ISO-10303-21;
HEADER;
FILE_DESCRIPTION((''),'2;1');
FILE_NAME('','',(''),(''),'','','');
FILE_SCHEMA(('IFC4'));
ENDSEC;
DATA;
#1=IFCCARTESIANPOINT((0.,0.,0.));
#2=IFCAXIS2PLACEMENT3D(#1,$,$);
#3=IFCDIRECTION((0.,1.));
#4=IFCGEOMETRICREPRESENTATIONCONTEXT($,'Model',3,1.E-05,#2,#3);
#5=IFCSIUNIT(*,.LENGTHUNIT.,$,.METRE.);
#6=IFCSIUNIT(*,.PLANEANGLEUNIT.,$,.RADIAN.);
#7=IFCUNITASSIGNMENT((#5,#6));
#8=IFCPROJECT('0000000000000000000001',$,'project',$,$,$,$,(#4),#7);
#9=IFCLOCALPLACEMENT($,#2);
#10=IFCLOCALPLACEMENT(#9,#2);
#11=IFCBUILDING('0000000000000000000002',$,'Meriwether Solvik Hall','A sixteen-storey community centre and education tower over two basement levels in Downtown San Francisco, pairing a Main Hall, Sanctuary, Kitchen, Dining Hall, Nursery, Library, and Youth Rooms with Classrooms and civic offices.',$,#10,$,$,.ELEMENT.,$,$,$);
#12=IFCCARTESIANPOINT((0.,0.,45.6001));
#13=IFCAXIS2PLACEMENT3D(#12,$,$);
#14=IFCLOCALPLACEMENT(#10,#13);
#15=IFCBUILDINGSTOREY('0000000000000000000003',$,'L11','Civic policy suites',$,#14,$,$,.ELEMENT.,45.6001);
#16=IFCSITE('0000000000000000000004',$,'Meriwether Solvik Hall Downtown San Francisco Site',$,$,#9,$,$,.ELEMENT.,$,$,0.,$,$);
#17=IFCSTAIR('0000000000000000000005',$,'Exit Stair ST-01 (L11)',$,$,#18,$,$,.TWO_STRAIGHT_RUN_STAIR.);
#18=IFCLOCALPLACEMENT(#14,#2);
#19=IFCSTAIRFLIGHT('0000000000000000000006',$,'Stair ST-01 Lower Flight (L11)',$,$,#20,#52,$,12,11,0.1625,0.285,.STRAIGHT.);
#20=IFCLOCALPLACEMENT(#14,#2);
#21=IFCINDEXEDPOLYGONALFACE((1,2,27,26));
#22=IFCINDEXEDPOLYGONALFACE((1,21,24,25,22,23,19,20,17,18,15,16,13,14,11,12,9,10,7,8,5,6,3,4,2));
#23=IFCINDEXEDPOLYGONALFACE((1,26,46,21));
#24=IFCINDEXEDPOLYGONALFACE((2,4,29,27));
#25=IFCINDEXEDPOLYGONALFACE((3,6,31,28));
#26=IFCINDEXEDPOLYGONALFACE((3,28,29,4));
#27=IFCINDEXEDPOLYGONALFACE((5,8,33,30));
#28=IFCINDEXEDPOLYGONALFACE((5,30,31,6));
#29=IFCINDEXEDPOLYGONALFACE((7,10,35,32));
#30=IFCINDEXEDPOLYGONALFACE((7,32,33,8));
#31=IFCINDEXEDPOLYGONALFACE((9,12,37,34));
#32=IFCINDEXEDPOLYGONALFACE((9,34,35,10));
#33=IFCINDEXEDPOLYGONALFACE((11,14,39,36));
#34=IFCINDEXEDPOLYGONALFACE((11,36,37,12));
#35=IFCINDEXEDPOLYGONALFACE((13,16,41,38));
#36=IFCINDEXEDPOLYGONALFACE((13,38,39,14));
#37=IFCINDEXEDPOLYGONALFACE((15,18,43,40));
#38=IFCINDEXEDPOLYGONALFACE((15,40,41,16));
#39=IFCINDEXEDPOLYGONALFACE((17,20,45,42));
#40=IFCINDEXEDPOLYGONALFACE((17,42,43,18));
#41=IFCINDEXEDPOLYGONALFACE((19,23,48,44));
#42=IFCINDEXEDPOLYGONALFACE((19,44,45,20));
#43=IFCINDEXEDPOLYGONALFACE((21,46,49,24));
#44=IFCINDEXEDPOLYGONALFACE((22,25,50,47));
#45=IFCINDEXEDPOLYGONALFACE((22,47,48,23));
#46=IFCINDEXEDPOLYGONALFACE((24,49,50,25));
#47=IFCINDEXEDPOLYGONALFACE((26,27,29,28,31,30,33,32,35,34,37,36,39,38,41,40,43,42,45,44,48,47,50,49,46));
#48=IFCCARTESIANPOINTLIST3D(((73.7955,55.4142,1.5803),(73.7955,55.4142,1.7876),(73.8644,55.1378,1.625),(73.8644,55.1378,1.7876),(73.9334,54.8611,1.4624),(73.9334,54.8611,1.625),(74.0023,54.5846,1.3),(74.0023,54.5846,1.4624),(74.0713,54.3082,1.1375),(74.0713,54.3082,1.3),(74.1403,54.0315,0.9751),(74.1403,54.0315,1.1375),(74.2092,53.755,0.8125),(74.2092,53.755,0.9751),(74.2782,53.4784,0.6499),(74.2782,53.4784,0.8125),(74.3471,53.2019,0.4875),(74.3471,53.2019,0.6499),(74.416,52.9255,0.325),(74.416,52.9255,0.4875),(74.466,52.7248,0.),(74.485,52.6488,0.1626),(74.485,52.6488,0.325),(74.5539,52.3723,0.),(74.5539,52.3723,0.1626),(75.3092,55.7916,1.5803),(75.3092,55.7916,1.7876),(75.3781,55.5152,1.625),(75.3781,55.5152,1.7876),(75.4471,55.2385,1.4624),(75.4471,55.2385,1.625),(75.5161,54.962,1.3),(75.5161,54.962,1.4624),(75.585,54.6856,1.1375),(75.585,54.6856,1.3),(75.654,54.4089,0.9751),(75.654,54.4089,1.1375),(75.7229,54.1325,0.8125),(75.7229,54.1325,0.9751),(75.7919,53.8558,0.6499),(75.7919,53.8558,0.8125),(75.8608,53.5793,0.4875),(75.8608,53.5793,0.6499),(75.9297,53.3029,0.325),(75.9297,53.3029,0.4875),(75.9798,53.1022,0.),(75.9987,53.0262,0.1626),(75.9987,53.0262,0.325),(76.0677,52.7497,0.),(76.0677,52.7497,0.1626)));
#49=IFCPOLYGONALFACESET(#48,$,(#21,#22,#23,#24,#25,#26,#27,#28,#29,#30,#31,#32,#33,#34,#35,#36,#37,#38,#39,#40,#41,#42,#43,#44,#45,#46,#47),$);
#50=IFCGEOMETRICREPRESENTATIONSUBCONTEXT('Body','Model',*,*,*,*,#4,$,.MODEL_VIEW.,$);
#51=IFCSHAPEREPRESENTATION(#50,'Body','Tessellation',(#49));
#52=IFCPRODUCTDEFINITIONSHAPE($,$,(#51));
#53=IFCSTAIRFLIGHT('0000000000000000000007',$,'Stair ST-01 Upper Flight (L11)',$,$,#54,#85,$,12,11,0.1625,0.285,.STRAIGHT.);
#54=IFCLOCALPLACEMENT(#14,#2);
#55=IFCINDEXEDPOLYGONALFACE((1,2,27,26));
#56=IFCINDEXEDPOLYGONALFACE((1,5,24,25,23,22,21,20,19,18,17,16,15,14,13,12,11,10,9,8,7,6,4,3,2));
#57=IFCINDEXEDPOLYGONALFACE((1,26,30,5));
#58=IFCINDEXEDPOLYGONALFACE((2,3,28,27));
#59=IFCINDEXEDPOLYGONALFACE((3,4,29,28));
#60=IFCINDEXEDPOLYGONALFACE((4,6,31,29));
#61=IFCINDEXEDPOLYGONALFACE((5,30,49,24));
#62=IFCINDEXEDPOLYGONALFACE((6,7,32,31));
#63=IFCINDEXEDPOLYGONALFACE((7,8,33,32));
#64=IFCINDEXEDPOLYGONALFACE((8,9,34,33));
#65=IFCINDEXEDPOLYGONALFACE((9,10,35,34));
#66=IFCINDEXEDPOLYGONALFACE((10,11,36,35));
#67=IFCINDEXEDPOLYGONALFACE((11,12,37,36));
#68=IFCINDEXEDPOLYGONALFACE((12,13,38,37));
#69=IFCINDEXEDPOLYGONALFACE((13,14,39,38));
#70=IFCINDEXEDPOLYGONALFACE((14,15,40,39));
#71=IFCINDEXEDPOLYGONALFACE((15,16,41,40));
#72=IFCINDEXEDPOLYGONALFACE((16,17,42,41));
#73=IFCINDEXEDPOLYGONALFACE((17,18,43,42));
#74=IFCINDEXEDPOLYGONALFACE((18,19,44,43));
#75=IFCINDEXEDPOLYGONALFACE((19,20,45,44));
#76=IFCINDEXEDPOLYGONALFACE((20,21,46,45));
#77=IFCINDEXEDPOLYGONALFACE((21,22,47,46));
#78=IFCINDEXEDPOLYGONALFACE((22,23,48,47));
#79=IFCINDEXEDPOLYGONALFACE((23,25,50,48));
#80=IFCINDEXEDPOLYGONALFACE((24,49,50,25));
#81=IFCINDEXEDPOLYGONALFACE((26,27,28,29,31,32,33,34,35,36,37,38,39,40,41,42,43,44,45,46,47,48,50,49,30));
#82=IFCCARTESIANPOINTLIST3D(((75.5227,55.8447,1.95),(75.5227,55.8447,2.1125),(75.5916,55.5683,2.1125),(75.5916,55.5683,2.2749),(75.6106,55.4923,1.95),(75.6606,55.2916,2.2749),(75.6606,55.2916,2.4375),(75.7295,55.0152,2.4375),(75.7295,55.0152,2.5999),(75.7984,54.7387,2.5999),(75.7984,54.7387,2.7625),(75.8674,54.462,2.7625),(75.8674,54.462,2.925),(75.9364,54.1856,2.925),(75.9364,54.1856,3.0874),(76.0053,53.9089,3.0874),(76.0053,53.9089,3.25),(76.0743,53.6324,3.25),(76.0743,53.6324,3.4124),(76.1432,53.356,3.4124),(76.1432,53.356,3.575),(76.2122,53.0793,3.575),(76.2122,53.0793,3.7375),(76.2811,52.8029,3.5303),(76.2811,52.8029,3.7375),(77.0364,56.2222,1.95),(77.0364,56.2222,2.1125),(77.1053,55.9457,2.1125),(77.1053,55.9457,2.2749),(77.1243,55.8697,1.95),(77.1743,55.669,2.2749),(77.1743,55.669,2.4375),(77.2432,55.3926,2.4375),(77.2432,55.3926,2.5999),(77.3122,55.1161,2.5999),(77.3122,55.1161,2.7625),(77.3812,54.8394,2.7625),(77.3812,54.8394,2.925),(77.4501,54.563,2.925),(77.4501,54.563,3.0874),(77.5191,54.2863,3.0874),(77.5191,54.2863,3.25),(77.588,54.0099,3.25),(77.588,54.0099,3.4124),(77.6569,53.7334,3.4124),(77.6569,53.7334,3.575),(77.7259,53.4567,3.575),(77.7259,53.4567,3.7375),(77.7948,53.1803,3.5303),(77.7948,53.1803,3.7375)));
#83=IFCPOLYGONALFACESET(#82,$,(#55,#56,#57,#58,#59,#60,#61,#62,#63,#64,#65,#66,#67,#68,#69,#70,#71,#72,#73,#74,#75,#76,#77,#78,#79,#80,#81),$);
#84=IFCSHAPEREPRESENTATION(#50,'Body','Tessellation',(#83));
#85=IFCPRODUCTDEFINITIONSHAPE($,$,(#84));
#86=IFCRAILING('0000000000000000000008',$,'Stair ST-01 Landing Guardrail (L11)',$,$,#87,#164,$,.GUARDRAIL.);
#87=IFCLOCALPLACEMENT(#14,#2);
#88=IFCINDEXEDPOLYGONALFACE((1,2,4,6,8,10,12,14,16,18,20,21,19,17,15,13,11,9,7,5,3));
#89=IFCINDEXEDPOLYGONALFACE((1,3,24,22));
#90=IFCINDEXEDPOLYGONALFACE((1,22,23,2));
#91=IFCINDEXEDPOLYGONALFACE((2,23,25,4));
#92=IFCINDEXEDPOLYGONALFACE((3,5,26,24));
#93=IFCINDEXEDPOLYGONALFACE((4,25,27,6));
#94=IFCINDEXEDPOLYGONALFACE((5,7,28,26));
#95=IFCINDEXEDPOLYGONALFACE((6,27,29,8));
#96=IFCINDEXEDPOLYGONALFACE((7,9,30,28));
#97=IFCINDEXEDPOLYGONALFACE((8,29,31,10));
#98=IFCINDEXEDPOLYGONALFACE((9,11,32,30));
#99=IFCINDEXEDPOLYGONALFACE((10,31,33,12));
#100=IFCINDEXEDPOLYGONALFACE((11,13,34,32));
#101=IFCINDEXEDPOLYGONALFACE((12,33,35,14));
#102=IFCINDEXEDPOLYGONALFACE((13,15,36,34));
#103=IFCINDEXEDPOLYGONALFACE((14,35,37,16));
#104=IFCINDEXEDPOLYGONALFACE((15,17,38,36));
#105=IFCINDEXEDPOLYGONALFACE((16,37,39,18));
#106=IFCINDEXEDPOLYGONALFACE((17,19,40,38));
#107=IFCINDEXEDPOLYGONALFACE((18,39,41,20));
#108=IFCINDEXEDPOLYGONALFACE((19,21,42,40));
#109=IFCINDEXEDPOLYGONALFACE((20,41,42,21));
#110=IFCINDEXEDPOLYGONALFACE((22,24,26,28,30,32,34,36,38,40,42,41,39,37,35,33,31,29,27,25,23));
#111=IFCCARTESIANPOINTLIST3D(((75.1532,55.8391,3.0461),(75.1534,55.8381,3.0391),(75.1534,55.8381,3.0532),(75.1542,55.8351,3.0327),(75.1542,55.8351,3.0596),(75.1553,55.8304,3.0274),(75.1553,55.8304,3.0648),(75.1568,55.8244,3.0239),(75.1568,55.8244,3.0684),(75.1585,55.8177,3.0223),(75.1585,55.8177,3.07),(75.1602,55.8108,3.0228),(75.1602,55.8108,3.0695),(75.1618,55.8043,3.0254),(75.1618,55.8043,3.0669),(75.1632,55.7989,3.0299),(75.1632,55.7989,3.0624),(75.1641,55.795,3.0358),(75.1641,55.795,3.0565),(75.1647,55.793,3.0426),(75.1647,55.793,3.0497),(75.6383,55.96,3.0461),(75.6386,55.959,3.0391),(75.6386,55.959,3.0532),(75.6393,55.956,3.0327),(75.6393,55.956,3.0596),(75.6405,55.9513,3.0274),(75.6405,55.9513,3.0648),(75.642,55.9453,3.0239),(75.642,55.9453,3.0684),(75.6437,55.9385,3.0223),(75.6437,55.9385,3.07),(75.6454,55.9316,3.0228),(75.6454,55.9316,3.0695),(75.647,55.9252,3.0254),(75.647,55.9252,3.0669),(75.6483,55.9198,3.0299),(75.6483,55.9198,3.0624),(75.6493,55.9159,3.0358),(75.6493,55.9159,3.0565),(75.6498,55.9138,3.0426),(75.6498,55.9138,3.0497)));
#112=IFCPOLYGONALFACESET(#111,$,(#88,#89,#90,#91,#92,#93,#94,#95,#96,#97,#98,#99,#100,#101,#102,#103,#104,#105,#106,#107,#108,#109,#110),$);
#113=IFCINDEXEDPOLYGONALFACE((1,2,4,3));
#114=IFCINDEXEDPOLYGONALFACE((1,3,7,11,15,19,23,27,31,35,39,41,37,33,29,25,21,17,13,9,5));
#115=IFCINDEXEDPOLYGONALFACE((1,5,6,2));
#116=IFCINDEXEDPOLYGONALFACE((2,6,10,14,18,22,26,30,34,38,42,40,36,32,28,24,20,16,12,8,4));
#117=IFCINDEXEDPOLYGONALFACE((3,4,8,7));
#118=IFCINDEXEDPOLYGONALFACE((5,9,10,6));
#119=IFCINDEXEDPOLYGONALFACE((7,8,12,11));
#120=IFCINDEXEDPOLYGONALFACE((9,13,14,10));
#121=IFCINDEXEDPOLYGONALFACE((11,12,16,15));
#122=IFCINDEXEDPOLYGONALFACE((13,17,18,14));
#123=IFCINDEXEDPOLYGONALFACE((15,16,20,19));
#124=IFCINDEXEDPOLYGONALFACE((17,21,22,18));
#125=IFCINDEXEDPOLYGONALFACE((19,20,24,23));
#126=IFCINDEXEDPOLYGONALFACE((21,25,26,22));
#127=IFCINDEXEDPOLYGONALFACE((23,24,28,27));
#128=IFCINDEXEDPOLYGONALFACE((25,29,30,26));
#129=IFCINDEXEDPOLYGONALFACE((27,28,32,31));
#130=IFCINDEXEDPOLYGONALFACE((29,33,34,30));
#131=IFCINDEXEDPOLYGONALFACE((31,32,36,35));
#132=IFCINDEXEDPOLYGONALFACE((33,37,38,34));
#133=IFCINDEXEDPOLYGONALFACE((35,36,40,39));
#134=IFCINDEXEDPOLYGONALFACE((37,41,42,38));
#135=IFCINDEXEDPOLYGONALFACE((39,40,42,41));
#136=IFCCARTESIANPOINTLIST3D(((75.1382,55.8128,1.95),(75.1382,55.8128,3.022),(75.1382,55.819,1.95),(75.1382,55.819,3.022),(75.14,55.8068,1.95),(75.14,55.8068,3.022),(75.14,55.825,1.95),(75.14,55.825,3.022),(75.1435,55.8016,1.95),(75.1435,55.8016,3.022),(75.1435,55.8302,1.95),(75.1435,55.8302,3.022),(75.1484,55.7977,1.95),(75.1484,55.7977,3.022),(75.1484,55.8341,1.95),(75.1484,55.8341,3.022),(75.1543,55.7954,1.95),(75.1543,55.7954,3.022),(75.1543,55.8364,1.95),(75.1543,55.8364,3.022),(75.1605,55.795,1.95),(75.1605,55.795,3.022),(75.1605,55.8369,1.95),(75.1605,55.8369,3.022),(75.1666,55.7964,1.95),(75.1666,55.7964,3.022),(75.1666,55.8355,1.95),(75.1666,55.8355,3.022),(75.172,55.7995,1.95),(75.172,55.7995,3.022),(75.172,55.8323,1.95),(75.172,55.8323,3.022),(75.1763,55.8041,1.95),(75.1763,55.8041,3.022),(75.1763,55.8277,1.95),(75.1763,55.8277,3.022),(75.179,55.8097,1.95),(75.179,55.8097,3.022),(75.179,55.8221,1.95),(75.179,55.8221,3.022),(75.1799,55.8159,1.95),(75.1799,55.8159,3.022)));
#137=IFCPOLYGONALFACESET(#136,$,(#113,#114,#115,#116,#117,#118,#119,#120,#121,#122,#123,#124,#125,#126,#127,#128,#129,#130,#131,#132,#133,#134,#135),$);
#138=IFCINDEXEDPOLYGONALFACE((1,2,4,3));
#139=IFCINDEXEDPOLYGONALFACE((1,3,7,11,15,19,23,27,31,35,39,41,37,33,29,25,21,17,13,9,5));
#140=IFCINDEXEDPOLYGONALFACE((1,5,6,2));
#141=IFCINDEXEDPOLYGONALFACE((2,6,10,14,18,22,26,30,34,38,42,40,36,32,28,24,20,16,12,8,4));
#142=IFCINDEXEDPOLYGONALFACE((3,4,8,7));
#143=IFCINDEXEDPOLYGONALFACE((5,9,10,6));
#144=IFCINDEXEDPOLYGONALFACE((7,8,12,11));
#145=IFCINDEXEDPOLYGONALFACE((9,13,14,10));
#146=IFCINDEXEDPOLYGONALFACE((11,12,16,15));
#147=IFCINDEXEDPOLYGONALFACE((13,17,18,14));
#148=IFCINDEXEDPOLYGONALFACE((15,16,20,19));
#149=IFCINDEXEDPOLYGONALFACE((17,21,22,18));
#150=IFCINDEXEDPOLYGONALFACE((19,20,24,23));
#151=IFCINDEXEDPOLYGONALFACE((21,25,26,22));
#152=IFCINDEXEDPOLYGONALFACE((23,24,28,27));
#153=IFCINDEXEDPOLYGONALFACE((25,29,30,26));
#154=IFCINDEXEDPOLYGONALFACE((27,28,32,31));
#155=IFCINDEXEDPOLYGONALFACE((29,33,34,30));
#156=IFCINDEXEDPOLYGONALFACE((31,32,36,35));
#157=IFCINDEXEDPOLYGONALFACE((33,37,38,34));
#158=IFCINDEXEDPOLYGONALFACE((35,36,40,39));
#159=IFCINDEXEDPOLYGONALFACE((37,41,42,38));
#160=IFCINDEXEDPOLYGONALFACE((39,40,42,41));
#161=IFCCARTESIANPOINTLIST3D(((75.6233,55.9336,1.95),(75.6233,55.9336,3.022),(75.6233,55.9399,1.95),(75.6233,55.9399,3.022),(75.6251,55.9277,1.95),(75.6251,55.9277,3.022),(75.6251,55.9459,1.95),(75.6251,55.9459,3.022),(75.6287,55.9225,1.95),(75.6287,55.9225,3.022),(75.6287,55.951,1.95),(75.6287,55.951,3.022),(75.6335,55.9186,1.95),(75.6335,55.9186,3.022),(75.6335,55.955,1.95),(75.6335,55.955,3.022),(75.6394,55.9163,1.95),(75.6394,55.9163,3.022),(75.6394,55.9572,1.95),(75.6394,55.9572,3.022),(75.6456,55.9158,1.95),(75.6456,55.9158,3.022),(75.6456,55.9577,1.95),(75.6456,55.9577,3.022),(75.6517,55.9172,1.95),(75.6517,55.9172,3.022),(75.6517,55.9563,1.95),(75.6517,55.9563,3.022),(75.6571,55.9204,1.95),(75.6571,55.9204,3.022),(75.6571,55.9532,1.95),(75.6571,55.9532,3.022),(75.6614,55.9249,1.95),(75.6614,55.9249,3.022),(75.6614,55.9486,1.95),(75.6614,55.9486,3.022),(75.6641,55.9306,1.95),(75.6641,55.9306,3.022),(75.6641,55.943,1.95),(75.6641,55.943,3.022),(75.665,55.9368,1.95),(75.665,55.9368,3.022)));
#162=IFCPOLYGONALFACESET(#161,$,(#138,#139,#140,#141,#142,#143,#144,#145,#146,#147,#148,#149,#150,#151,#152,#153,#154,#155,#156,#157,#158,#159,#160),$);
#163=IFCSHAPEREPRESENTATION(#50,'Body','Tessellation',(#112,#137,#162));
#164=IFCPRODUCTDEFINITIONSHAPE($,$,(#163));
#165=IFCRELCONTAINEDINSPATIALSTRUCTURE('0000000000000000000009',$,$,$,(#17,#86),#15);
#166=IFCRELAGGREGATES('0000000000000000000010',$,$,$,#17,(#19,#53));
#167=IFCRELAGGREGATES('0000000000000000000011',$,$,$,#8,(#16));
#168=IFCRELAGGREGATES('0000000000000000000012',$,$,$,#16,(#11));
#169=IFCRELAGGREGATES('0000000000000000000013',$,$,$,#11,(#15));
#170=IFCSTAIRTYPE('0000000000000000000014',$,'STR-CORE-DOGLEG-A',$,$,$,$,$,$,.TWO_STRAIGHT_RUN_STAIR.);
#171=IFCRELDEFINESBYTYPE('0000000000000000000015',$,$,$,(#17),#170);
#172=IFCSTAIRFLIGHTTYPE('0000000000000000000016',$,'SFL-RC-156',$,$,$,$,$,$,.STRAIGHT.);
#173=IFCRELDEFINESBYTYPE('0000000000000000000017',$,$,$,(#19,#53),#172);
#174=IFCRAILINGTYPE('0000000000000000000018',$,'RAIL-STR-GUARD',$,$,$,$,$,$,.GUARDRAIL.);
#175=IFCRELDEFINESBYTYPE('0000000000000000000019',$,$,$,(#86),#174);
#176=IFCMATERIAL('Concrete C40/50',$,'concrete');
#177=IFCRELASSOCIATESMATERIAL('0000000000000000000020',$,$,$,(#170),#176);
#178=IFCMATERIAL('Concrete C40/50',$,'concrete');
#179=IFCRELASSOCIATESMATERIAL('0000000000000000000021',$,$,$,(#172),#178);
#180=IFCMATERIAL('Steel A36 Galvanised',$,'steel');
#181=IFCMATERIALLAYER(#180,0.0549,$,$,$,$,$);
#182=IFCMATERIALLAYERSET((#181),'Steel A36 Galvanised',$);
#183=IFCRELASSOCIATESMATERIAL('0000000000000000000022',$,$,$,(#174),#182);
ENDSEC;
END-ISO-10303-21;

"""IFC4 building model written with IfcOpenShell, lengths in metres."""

from ifc_helpers import new_model, si_unit, direction, frame, origin, origin_2d, place, context, subcontext, project, spatial, polyline, circle, outline, extrude, material, layer, layer_set, type_object, element, aggregate, save


model = new_model("IFC4")

# Units and contexts
model_context = context("Model", 3, precision=1e-05, world=origin(), true_north=direction((0.0, 1.0)))
body_context = subcontext(model_context, "Body", "Model", "MODEL_VIEW")
ifc_project = project(units=[si_unit("LENGTHUNIT", "METRE"), si_unit("PLANEANGLEUNIT", "RADIAN")], contexts=[model_context])

# Site, building, storey
site_placement = place(None, origin())
site = spatial("IfcSite", under=ifc_project, at=site_placement, Name="Meriwether Solvik Hall Downtown San Francisco Site", CompositionType="ELEMENT", RefElevation=0.0)
building_placement = place(site_placement, origin())
building = spatial("IfcBuilding", under=site, at=building_placement, Name="Meriwether Solvik Hall", Description="A sixteen-storey community centre and education tower over two basement levels in Downtown San Francisco, pairing a Main Hall, Sanctuary, Kitchen, Dining Hall, Nursery, Library, and Youth Rooms with Classrooms and civic offices.", CompositionType="ELEMENT")
storey_placement = place(building_placement, frame((0.0, 0.0, 45.6001)))
storey = spatial("IfcBuildingStorey", under=building, at=storey_placement, Name="L11", Description="Civic policy suites", CompositionType="ELEMENT", Elevation=45.6001)

# Stair, stair flights
ifc_material_1 = material(Name="Concrete C40/50", Category="concrete")
stair_type = type_object("IfcStairType", Name="STR-CORE-DOGLEG-A", PredefinedType="TWO_STRAIGHT_RUN_STAIR", material=ifc_material_1)
stair_placement = place(storey_placement, origin())
stair = element("IfcStair", 1, at=stair_placement, inside=storey, type_object=stair_type, Name="Exit Stair ST-01 (L11)", PredefinedType="TWO_STRAIGHT_RUN_STAIR")
ifc_material_2 = material(Name="Concrete C40/50", Category="concrete")
stair_flight_type = type_object("IfcStairFlightType", Name="SFL-RC-156", PredefinedType="STRAIGHT", material=ifc_material_2)
stair_flight_1_placement = place(storey_placement, frame((75.3108, 52.561, 0.0), z_axis=(0.0, 0.0, 1.0), x_axis=(-0.241922, 0.970296, 0.0)))
stair_flight_1 = element("IfcStairFlight", 2, at=stair_flight_1_placement, type_object=stair_flight_type, Name="Stair ST-01 Lower Flight (L11)", NumberOfRisers=12, NumberOfTreads=11, PredefinedType="STRAIGHT", RiserHeight=0.1625, TreadLength=0.285, context=body_context, shape_type="SweptSolid", body=[
    extrude(outline(polyline([(0.0, 0.0), (0.0, 0.1626), (0.2849, 0.1626), (0.2849, 0.325), (0.5701, 0.325), (0.5701, 0.4875), (0.855, 0.4875), (0.855, 0.6499), (1.1399, 0.6499), (1.1399, 0.8125), (1.425, 0.8125), (1.425, 0.9751), (1.71, 0.9751), (1.71, 1.1375), (1.9951, 1.1375), (1.9951, 1.3), (2.28, 1.3), (2.28, 1.4624), (2.5649, 1.4624), (2.5649, 1.625), (2.8501, 1.625), (2.8501, 1.7876), (3.135, 1.7876), (3.135, 1.95), (3.135, 1.5803), (0.3633, 0.0), (0.0, 0.0)])), frame((0.0, 0.78, 0.0), z_axis=(0.0, -1.0, 0.0), x_axis=(1.0, 0.0, 0.0)), (0.0, 0.0, 1.0), 1.5601),
])
stair_flight_2_placement = place(storey_placement, frame((76.2795, 56.0334, 1.95), z_axis=(0.0, 0.0, 1.0), x_axis=(0.241922, -0.970296, 0.0)))
stair_flight_2 = element("IfcStairFlight", 3, at=stair_flight_2_placement, type_object=stair_flight_type, Name="Stair ST-01 Upper Flight (L11)", NumberOfRisers=12, NumberOfTreads=11, PredefinedType="STRAIGHT", RiserHeight=0.1625, TreadLength=0.285, context=body_context, shape_type="SweptSolid", body=[
    extrude(outline(polyline([(0.0, 0.0), (0.0, 0.1626), (0.2849, 0.1626), (0.2849, 0.325), (0.5701, 0.325), (0.5701, 0.4875), (0.855, 0.4875), (0.855, 0.6499), (1.1399, 0.6499), (1.1399, 0.8125), (1.425, 0.8125), (1.425, 0.9751), (1.71, 0.9751), (1.71, 1.1375), (1.9951, 1.1375), (1.9951, 1.3), (2.28, 1.3), (2.28, 1.4624), (2.5649, 1.4624), (2.5649, 1.625), (2.8501, 1.625), (2.8501, 1.7876), (3.135, 1.7876), (3.135, 1.95), (3.135, 1.5803), (0.3633, 0.0), (0.0, 0.0)])), frame((0.0, 0.78, 0.0), z_axis=(0.0, -1.0, 0.0), x_axis=(1.0, 0.0, 0.0)), (0.0, 0.0, 1.0), 1.5601),
])
aggregate(stair, [stair_flight_1, stair_flight_2])

# Railing
ifc_material_3 = material(Name="Steel A36 Galvanised", Category="steel")
ifc_layer_1 = layer(ifc_material_3, 0.0549)
ifc_layer_set_1 = layer_set([ifc_layer_1], Name="Steel A36 Galvanised")
railing_type_1 = type_object("IfcRailingType", Name="RAIL-STR-GUARD", PredefinedType="GUARDRAIL", material=ifc_layer_set_1)
railing_1_placement = place(storey_placement, frame((75.1589, 55.8159, 1.95)))
element("IfcRailing", 4, at=railing_1_placement, inside=storey, type_object=railing_type_1, Name="Stair ST-01 Landing Guardrail (L11)", PredefinedType="GUARDRAIL", context=body_context, shape_type="SweptSolid", body=[
    extrude(circle(Radius=0.0239, at=origin_2d()), frame((0.0, 0.0, 1.0962), z_axis=(0.970343, 0.241731, 0.0), x_axis=(-0.241731, 0.970343, 0.0)), (0.0, 0.0, 1.0), 0.5),
    extrude(circle(Radius=0.021, at=origin_2d()), origin(), (0.0, 0.0, 1.0), 1.072),
    extrude(circle(Radius=0.021, at=origin_2d()), frame((0.4851, 0.1208, 0.0)), (0.0, 0.0, 1.0), 1.072),
])

save(model, "model.ifc")
